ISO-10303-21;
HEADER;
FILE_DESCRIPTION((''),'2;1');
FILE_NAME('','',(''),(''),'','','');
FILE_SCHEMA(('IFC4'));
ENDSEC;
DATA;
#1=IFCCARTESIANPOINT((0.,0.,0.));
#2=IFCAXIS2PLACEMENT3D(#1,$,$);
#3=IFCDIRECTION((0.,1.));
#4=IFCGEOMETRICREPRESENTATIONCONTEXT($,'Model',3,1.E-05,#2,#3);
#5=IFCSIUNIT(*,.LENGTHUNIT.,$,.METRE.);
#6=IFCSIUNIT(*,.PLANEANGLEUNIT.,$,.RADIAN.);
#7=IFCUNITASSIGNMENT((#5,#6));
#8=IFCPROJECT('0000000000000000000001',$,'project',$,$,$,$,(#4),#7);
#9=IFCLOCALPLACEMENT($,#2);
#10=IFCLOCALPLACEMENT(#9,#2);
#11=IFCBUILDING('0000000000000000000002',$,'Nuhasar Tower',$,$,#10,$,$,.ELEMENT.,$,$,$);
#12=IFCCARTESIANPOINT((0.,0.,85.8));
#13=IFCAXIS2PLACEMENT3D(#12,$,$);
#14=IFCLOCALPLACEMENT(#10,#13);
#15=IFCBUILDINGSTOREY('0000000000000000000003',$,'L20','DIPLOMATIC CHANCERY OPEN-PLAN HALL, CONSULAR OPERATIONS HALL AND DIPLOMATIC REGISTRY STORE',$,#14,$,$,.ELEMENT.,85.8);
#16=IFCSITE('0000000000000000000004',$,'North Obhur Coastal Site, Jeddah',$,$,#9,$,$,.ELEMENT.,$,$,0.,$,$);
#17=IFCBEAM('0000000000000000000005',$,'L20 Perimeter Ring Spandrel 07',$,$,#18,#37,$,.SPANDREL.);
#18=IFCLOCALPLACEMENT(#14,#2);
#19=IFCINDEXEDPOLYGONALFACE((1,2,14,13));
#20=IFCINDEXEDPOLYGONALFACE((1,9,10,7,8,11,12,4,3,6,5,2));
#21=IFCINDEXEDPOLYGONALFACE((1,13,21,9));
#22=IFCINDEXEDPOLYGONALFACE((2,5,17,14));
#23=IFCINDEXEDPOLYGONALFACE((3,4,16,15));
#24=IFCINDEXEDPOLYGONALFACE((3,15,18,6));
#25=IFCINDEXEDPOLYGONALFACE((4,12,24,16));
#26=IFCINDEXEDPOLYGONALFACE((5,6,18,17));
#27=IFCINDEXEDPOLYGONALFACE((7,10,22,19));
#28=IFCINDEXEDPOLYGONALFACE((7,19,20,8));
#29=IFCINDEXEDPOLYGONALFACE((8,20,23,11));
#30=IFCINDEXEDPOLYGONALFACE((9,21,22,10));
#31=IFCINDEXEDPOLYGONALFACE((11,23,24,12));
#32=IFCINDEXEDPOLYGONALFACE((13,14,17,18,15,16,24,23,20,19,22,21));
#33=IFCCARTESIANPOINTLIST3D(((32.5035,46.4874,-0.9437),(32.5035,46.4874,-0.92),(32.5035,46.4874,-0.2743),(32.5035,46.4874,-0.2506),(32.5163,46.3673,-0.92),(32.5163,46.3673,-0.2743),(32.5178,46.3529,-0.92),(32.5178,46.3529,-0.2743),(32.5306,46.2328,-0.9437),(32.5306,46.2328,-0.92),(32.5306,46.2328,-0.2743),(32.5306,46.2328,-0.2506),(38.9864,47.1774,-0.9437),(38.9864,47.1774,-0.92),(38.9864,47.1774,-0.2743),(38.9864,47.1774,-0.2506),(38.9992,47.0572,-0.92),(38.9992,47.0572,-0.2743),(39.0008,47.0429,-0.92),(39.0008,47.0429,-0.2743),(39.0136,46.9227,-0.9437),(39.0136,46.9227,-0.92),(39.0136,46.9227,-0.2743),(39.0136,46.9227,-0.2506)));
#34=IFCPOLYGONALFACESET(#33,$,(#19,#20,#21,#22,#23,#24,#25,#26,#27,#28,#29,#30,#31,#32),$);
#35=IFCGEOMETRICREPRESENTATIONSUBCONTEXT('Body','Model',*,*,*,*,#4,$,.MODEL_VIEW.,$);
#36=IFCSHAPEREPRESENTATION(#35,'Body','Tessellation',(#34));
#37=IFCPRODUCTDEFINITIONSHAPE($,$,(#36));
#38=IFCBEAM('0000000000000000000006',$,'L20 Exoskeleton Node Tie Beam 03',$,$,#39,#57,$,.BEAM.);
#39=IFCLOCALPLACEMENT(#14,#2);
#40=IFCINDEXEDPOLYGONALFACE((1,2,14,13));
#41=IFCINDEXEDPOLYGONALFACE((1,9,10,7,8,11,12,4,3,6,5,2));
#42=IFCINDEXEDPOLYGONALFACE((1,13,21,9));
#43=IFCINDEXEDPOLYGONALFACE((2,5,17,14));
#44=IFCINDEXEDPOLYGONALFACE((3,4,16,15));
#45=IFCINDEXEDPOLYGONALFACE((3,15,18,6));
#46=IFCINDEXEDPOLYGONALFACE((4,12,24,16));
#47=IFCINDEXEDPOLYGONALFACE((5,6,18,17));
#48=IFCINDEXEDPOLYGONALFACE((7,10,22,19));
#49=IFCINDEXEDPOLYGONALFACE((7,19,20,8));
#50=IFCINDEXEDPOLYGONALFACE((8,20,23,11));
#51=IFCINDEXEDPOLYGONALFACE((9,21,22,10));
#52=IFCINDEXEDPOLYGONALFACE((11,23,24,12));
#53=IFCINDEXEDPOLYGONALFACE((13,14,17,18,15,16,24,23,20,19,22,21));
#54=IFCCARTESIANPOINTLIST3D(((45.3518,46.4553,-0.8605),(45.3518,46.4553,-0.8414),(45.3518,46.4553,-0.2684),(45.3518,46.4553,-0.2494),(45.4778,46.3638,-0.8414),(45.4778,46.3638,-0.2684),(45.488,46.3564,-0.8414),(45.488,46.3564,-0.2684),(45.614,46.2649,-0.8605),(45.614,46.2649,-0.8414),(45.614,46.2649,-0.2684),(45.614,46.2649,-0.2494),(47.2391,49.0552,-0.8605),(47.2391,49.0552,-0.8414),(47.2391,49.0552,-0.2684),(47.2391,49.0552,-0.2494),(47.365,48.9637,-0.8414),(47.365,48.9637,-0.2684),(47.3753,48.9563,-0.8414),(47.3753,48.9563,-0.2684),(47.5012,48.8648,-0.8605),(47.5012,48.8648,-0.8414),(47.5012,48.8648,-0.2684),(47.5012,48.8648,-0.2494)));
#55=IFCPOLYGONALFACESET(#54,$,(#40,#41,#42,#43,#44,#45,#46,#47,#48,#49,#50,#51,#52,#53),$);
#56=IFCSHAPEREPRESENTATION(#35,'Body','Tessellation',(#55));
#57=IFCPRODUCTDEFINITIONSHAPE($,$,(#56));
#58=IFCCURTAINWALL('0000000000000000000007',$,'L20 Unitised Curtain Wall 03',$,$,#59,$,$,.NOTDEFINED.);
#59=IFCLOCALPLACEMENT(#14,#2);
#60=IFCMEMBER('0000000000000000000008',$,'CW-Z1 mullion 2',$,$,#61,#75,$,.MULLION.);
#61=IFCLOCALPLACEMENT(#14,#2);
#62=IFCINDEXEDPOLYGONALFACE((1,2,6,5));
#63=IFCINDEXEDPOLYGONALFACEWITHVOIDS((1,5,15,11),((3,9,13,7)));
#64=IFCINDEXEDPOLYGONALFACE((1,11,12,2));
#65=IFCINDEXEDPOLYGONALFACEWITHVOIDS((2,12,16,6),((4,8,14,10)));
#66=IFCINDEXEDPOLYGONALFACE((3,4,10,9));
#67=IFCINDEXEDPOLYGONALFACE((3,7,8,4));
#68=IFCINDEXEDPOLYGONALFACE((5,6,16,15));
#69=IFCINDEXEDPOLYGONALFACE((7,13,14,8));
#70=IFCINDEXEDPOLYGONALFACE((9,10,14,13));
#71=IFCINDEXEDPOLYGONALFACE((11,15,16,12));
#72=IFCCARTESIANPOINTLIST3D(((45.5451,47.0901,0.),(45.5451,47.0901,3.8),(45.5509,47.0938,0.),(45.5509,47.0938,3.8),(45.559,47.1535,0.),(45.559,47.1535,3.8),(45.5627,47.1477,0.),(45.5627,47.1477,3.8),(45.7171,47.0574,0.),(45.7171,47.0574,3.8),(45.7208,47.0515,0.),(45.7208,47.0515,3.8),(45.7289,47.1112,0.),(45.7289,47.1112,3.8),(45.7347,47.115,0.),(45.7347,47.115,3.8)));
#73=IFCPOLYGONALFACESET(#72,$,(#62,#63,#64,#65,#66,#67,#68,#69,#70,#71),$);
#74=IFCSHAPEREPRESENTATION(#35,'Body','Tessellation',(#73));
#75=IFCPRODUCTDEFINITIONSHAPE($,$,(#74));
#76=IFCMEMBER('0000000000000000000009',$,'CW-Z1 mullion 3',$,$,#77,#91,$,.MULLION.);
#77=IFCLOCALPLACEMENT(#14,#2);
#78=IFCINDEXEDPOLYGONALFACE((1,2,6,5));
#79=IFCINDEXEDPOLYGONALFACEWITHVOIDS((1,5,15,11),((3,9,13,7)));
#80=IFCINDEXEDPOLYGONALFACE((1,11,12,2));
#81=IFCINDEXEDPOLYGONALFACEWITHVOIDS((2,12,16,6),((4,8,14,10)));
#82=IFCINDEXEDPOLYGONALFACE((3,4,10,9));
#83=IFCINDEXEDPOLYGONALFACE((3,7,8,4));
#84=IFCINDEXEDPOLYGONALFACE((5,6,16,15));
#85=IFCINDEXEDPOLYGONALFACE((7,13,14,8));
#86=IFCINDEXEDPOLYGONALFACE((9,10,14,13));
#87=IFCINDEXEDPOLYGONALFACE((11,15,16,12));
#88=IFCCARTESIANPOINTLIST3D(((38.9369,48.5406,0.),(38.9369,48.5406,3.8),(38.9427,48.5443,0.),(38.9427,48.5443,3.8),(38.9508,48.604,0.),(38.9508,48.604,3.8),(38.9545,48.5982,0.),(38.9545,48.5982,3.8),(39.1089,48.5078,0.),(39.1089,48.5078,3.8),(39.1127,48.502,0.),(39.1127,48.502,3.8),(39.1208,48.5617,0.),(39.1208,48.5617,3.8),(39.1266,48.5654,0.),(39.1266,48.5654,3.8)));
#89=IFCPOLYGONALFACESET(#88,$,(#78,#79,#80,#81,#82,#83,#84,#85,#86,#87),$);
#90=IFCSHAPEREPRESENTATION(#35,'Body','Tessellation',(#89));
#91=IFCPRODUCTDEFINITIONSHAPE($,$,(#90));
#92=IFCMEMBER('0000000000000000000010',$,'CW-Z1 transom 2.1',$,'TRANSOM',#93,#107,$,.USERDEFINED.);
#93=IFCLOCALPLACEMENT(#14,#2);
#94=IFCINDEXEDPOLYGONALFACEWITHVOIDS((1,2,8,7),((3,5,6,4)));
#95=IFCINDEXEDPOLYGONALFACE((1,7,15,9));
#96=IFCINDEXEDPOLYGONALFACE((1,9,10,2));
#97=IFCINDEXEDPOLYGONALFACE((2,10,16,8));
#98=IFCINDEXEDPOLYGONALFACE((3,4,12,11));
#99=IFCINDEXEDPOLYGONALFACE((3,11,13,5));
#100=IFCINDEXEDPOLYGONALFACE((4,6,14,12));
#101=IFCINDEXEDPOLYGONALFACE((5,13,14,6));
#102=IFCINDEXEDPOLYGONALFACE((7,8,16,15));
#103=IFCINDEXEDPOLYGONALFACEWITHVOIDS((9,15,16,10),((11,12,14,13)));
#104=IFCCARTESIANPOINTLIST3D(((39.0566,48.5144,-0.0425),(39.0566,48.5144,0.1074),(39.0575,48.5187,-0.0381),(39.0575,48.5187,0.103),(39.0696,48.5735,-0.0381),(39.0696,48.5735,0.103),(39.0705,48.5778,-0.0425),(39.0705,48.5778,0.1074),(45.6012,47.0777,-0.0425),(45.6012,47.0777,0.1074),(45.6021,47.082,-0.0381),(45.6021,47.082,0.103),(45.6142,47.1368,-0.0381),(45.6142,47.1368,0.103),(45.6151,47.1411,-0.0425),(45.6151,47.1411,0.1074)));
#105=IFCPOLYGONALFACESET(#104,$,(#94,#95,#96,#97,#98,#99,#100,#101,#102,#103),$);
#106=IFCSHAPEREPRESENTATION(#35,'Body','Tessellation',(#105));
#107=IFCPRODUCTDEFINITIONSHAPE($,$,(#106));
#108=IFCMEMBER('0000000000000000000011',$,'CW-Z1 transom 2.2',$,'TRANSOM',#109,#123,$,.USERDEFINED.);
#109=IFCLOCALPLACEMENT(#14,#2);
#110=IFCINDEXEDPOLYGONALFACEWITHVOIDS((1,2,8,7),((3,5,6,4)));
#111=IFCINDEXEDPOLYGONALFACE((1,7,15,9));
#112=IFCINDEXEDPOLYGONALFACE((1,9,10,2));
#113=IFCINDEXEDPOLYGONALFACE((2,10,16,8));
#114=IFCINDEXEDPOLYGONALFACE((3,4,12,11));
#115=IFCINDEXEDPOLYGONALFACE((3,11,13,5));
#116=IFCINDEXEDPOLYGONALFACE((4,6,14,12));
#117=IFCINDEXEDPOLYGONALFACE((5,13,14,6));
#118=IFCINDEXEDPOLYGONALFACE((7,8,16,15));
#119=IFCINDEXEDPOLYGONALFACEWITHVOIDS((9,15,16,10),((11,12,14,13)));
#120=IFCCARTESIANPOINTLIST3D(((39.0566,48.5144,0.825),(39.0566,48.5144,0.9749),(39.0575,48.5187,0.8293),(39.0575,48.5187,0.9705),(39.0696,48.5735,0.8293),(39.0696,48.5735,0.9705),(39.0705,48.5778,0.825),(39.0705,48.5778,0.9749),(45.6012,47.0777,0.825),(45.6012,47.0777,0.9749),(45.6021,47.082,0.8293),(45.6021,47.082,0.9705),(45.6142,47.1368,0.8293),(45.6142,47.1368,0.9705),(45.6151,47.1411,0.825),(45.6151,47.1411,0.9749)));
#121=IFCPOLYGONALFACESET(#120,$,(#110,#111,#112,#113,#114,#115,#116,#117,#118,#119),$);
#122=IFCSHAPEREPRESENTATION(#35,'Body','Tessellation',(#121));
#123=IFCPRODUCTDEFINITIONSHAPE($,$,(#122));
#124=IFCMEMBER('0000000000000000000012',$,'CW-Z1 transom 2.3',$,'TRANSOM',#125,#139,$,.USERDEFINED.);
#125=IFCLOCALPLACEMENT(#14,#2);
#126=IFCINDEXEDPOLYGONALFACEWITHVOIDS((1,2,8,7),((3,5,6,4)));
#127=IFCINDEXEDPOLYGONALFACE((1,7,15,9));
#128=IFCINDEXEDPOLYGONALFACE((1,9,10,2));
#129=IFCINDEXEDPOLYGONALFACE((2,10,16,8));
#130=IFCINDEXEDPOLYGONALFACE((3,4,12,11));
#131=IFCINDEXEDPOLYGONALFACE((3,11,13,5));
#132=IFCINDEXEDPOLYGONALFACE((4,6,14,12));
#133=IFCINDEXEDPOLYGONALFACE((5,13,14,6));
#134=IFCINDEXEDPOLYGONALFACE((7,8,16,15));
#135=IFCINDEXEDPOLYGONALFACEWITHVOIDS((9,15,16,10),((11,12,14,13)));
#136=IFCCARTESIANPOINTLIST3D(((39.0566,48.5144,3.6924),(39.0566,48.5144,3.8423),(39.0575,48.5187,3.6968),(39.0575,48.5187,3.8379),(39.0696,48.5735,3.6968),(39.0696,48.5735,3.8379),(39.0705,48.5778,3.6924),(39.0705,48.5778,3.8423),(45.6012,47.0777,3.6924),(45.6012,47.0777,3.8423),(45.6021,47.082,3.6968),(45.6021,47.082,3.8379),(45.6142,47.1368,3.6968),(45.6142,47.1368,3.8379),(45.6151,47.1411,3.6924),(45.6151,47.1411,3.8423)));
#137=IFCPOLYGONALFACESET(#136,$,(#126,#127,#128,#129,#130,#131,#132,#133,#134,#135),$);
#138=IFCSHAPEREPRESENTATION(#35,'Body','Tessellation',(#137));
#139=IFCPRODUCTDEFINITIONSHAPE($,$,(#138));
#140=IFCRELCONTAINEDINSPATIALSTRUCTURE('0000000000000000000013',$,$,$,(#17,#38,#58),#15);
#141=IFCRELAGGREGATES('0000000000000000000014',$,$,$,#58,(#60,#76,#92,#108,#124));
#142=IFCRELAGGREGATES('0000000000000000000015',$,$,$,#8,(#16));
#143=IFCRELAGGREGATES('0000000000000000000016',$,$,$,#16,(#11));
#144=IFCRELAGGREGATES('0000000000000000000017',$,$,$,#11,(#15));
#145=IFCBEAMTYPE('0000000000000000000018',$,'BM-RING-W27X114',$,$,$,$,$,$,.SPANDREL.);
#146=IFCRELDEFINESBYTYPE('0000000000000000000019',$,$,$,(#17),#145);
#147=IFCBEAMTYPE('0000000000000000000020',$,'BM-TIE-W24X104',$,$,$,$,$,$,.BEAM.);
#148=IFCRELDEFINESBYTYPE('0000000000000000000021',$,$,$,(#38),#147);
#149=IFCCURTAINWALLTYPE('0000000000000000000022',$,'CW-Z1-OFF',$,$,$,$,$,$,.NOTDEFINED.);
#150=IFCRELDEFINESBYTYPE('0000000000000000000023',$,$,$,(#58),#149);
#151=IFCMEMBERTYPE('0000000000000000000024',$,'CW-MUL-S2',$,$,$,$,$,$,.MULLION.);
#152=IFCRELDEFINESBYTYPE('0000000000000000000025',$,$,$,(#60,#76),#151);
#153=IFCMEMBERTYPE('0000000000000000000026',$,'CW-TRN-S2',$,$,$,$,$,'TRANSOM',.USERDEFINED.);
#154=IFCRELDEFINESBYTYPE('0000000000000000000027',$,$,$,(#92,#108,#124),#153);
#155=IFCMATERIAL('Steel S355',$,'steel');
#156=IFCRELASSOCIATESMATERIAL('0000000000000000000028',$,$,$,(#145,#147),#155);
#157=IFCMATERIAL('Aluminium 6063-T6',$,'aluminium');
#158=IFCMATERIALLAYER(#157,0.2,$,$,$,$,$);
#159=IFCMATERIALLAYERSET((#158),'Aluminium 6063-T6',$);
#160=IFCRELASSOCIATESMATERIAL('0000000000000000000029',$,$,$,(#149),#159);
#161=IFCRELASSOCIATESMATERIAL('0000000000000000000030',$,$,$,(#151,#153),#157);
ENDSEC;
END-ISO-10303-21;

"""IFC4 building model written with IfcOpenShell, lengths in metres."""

from ifc_helpers import new_model, si_unit, direction, frame, origin, origin_2d, place, context, subcontext, project, spatial, hollow_rectangle, i_section, extrude, material, layer, layer_set, material_profile, profile_set, type_object, element, aggregate, save


model = new_model("IFC4")

# Units and contexts
model_context = context("Model", 3, precision=1e-05, world=origin(), true_north=direction((0.0, 1.0)))
body_context = subcontext(model_context, "Body", "Model", "MODEL_VIEW")
ifc_project = project(units=[si_unit("LENGTHUNIT", "METRE"), si_unit("PLANEANGLEUNIT", "RADIAN")], contexts=[model_context])

# Site, building, storey
site_placement = place(None, origin())
site = spatial("IfcSite", under=ifc_project, at=site_placement, Name="North Obhur Coastal Site, Jeddah", CompositionType="ELEMENT", RefElevation=0.0)
building_placement = place(site_placement, origin())
building = spatial("IfcBuilding", under=site, at=building_placement, Name="Nuhasar Tower", CompositionType="ELEMENT")
storey_placement = place(building_placement, frame((0.0, 0.0, 85.8)))
storey = spatial("IfcBuildingStorey", under=building, at=storey_placement, Name="L20", Description="DIPLOMATIC CHANCERY OPEN-PLAN HALL, CONSULAR OPERATIONS HALL AND DIPLOMATIC REGISTRY STORE", CompositionType="ELEMENT", Elevation=85.8)

# Beams
ifc_material_1 = material(Name="Steel S355", Category="steel")
ifc_material_profile_1 = material_profile(ifc_material_1, i_section(OverallWidth=0.2561, OverallDepth=0.6931, WebThickness=0.0144, FlangeThickness=0.0237, at=origin_2d()), Name="W27X114")
ifc_profile_set_1 = profile_set([ifc_material_profile_1], Name="Steel S355")
beam_type_1 = type_object("IfcBeamType", Name="BM-RING-W27X114", PredefinedType="SPANDREL", material=ifc_profile_set_1)
for number, where, z_axis, x_axis, name in (
    (1, (39.0, 47.05, -0.5972), (-0.994385, -0.105827, 0.0), (0.105827, -0.994385, 0.0), "L20 Perimeter Ring Spandrel 07"),
):
    element("IfcBeam", number, at=place(storey_placement, frame(where, z_axis=z_axis, x_axis=x_axis)), inside=storey, type_object=beam_type_1, Name=name, PredefinedType="SPANDREL", context=body_context, shape_type="SweptSolid", body=[
        extrude(i_section(OverallWidth=0.2561, OverallDepth=0.6931, WebThickness=0.0144, FlangeThickness=0.0237, at=origin_2d()), origin(), (0.0, 0.0, 1.0), 6.5195),
    ])
ifc_material_profile_2 = material_profile(ifc_material_1, i_section(OverallWidth=0.324, OverallDepth=0.6111, WebThickness=0.0127, FlangeThickness=0.019, at=origin_2d()), Name="W24X104")
ifc_profile_set_2 = profile_set([ifc_material_profile_2], Name="Steel S355")
beam_type_2 = type_object("IfcBeamType", Name="BM-TIE-W24X104", PredefinedType="BEAM", material=ifc_profile_set_2)
beam_1_placement = place(storey_placement, frame((45.4829, 46.3601, -0.5549), z_axis=(0.587439, 0.809268, 0.0), x_axis=(-0.809268, 0.587439, 0.0)))
element("IfcBeam", 2, at=beam_1_placement, inside=storey, type_object=beam_type_2, Name="L20 Exoskeleton Node Tie Beam 03", PredefinedType="BEAM", context=body_context, shape_type="SweptSolid", body=[
    extrude(i_section(OverallWidth=0.324, OverallDepth=0.6111, WebThickness=0.0127, FlangeThickness=0.019, at=origin_2d()), origin(), (0.0, 0.0, 1.0), 3.2126),
])

# Curtain wall, members
ifc_material_2 = material(Name="Aluminium 6063-T6", Category="aluminium")
ifc_layer_1 = layer(ifc_material_2, 0.2)
ifc_layer_set_1 = layer_set([ifc_layer_1], Name="Aluminium 6063-T6")
curtain_wall_type = type_object("IfcCurtainWallType", Name="CW-Z1-OFF", PredefinedType="NOTDEFINED", material=ifc_layer_set_1)
curtain_wall_placement = place(storey_placement, origin())
curtain_wall = element("IfcCurtainWall", 3, at=curtain_wall_placement, inside=storey, type_object=curtain_wall_type, Name="L20 Unitised Curtain Wall 03", PredefinedType="NOTDEFINED")
ifc_material_profile_3 = material_profile(ifc_material_2, hollow_rectangle(XDim=0.0649, YDim=0.1799, WallThickness=0.0049, at=origin_2d()), Name="CWM-2")
ifc_profile_set_3 = profile_set([ifc_material_profile_3], Name="Aluminium 6063-T6")
member_type_1 = type_object("IfcMemberType", Name="CW-MUL-S2", PredefinedType="MULLION", material=ifc_profile_set_3)
member_1_placement = place(storey_placement, frame((45.6399, 47.1025, 0.0), z_axis=(0.0, 0.0, 1.0), x_axis=(-0.214399, -0.976746, 0.0)))
member_1 = element("IfcMember", 4, at=member_1_placement, type_object=member_type_1, Name="CW-Z1 mullion 2", PredefinedType="MULLION", context=body_context, shape_type="SweptSolid", body=[
    extrude(hollow_rectangle(XDim=0.0649, YDim=0.1799, WallThickness=0.0049, at=origin_2d()), origin(), (0.0, 0.0, 1.0), 3.8),
])
member_2_placement = place(storey_placement, frame((39.0317, 48.553, 0.0), z_axis=(0.0, 0.0, 1.0), x_axis=(-0.214399, -0.976746, 0.0)))
member_2 = element("IfcMember", 5, at=member_2_placement, type_object=member_type_1, Name="CW-Z1 mullion 3", PredefinedType="MULLION", context=body_context, shape_type="SweptSolid", body=[
    extrude(hollow_rectangle(XDim=0.0649, YDim=0.1799, WallThickness=0.0049, at=origin_2d()), origin(), (0.0, 0.0, 1.0), 3.8),
])
ifc_material_profile_4 = material_profile(ifc_material_2, hollow_rectangle(XDim=0.0649, YDim=0.1499, WallThickness=0.0044, at=origin_2d()), Name="CWT-2")
ifc_profile_set_4 = profile_set([ifc_material_profile_4], Name="Aluminium 6063-T6")
member_type_2 = type_object("IfcMemberType", Name="CW-TRN-S2", ElementType="TRANSOM", PredefinedType="USERDEFINED", material=ifc_profile_set_4)
member_3_placement = place(storey_placement, frame((45.6082, 47.1094, 0.0325), z_axis=(-0.97674, 0.214426, 0.0), x_axis=(-0.214426, -0.97674, 0.0)))
member_3 = element("IfcMember", 6, at=member_3_placement, type_object=member_type_2, Name="CW-Z1 transom 2.1", ObjectType="TRANSOM", PredefinedType="USERDEFINED", context=body_context, shape_type="SweptSolid", body=[
    extrude(hollow_rectangle(XDim=0.0649, YDim=0.1499, WallThickness=0.0044, at=origin_2d()), origin(), (0.0, 0.0, 1.0), 6.7004),
])
member_4_placement = place(storey_placement, frame((45.6082, 47.1094, 0.8999), z_axis=(-0.97674, 0.214426, 0.0), x_axis=(-0.214426, -0.97674, 0.0)))
member_4 = element("IfcMember", 7, at=member_4_placement, type_object=member_type_2, Name="CW-Z1 transom 2.2", ObjectType="TRANSOM", PredefinedType="USERDEFINED", context=body_context, shape_type="SweptSolid", body=[
    extrude(hollow_rectangle(XDim=0.0649, YDim=0.1499, WallThickness=0.0044, at=origin_2d()), origin(), (0.0, 0.0, 1.0), 6.7004),
])
member_5_placement = place(storey_placement, frame((45.6082, 47.1094, 3.7673), z_axis=(-0.97674, 0.214426, 0.0), x_axis=(-0.214426, -0.97674, 0.0)))
member_5 = element("IfcMember", 8, at=member_5_placement, type_object=member_type_2, Name="CW-Z1 transom 2.3", ObjectType="TRANSOM", PredefinedType="USERDEFINED", context=body_context, shape_type="SweptSolid", body=[
    extrude(hollow_rectangle(XDim=0.0649, YDim=0.1499, WallThickness=0.0044, at=origin_2d()), origin(), (0.0, 0.0, 1.0), 6.7004),
])

aggregate(curtain_wall, [member_1, member_2, member_3, member_4, member_5])

save(model, "model.ifc")
